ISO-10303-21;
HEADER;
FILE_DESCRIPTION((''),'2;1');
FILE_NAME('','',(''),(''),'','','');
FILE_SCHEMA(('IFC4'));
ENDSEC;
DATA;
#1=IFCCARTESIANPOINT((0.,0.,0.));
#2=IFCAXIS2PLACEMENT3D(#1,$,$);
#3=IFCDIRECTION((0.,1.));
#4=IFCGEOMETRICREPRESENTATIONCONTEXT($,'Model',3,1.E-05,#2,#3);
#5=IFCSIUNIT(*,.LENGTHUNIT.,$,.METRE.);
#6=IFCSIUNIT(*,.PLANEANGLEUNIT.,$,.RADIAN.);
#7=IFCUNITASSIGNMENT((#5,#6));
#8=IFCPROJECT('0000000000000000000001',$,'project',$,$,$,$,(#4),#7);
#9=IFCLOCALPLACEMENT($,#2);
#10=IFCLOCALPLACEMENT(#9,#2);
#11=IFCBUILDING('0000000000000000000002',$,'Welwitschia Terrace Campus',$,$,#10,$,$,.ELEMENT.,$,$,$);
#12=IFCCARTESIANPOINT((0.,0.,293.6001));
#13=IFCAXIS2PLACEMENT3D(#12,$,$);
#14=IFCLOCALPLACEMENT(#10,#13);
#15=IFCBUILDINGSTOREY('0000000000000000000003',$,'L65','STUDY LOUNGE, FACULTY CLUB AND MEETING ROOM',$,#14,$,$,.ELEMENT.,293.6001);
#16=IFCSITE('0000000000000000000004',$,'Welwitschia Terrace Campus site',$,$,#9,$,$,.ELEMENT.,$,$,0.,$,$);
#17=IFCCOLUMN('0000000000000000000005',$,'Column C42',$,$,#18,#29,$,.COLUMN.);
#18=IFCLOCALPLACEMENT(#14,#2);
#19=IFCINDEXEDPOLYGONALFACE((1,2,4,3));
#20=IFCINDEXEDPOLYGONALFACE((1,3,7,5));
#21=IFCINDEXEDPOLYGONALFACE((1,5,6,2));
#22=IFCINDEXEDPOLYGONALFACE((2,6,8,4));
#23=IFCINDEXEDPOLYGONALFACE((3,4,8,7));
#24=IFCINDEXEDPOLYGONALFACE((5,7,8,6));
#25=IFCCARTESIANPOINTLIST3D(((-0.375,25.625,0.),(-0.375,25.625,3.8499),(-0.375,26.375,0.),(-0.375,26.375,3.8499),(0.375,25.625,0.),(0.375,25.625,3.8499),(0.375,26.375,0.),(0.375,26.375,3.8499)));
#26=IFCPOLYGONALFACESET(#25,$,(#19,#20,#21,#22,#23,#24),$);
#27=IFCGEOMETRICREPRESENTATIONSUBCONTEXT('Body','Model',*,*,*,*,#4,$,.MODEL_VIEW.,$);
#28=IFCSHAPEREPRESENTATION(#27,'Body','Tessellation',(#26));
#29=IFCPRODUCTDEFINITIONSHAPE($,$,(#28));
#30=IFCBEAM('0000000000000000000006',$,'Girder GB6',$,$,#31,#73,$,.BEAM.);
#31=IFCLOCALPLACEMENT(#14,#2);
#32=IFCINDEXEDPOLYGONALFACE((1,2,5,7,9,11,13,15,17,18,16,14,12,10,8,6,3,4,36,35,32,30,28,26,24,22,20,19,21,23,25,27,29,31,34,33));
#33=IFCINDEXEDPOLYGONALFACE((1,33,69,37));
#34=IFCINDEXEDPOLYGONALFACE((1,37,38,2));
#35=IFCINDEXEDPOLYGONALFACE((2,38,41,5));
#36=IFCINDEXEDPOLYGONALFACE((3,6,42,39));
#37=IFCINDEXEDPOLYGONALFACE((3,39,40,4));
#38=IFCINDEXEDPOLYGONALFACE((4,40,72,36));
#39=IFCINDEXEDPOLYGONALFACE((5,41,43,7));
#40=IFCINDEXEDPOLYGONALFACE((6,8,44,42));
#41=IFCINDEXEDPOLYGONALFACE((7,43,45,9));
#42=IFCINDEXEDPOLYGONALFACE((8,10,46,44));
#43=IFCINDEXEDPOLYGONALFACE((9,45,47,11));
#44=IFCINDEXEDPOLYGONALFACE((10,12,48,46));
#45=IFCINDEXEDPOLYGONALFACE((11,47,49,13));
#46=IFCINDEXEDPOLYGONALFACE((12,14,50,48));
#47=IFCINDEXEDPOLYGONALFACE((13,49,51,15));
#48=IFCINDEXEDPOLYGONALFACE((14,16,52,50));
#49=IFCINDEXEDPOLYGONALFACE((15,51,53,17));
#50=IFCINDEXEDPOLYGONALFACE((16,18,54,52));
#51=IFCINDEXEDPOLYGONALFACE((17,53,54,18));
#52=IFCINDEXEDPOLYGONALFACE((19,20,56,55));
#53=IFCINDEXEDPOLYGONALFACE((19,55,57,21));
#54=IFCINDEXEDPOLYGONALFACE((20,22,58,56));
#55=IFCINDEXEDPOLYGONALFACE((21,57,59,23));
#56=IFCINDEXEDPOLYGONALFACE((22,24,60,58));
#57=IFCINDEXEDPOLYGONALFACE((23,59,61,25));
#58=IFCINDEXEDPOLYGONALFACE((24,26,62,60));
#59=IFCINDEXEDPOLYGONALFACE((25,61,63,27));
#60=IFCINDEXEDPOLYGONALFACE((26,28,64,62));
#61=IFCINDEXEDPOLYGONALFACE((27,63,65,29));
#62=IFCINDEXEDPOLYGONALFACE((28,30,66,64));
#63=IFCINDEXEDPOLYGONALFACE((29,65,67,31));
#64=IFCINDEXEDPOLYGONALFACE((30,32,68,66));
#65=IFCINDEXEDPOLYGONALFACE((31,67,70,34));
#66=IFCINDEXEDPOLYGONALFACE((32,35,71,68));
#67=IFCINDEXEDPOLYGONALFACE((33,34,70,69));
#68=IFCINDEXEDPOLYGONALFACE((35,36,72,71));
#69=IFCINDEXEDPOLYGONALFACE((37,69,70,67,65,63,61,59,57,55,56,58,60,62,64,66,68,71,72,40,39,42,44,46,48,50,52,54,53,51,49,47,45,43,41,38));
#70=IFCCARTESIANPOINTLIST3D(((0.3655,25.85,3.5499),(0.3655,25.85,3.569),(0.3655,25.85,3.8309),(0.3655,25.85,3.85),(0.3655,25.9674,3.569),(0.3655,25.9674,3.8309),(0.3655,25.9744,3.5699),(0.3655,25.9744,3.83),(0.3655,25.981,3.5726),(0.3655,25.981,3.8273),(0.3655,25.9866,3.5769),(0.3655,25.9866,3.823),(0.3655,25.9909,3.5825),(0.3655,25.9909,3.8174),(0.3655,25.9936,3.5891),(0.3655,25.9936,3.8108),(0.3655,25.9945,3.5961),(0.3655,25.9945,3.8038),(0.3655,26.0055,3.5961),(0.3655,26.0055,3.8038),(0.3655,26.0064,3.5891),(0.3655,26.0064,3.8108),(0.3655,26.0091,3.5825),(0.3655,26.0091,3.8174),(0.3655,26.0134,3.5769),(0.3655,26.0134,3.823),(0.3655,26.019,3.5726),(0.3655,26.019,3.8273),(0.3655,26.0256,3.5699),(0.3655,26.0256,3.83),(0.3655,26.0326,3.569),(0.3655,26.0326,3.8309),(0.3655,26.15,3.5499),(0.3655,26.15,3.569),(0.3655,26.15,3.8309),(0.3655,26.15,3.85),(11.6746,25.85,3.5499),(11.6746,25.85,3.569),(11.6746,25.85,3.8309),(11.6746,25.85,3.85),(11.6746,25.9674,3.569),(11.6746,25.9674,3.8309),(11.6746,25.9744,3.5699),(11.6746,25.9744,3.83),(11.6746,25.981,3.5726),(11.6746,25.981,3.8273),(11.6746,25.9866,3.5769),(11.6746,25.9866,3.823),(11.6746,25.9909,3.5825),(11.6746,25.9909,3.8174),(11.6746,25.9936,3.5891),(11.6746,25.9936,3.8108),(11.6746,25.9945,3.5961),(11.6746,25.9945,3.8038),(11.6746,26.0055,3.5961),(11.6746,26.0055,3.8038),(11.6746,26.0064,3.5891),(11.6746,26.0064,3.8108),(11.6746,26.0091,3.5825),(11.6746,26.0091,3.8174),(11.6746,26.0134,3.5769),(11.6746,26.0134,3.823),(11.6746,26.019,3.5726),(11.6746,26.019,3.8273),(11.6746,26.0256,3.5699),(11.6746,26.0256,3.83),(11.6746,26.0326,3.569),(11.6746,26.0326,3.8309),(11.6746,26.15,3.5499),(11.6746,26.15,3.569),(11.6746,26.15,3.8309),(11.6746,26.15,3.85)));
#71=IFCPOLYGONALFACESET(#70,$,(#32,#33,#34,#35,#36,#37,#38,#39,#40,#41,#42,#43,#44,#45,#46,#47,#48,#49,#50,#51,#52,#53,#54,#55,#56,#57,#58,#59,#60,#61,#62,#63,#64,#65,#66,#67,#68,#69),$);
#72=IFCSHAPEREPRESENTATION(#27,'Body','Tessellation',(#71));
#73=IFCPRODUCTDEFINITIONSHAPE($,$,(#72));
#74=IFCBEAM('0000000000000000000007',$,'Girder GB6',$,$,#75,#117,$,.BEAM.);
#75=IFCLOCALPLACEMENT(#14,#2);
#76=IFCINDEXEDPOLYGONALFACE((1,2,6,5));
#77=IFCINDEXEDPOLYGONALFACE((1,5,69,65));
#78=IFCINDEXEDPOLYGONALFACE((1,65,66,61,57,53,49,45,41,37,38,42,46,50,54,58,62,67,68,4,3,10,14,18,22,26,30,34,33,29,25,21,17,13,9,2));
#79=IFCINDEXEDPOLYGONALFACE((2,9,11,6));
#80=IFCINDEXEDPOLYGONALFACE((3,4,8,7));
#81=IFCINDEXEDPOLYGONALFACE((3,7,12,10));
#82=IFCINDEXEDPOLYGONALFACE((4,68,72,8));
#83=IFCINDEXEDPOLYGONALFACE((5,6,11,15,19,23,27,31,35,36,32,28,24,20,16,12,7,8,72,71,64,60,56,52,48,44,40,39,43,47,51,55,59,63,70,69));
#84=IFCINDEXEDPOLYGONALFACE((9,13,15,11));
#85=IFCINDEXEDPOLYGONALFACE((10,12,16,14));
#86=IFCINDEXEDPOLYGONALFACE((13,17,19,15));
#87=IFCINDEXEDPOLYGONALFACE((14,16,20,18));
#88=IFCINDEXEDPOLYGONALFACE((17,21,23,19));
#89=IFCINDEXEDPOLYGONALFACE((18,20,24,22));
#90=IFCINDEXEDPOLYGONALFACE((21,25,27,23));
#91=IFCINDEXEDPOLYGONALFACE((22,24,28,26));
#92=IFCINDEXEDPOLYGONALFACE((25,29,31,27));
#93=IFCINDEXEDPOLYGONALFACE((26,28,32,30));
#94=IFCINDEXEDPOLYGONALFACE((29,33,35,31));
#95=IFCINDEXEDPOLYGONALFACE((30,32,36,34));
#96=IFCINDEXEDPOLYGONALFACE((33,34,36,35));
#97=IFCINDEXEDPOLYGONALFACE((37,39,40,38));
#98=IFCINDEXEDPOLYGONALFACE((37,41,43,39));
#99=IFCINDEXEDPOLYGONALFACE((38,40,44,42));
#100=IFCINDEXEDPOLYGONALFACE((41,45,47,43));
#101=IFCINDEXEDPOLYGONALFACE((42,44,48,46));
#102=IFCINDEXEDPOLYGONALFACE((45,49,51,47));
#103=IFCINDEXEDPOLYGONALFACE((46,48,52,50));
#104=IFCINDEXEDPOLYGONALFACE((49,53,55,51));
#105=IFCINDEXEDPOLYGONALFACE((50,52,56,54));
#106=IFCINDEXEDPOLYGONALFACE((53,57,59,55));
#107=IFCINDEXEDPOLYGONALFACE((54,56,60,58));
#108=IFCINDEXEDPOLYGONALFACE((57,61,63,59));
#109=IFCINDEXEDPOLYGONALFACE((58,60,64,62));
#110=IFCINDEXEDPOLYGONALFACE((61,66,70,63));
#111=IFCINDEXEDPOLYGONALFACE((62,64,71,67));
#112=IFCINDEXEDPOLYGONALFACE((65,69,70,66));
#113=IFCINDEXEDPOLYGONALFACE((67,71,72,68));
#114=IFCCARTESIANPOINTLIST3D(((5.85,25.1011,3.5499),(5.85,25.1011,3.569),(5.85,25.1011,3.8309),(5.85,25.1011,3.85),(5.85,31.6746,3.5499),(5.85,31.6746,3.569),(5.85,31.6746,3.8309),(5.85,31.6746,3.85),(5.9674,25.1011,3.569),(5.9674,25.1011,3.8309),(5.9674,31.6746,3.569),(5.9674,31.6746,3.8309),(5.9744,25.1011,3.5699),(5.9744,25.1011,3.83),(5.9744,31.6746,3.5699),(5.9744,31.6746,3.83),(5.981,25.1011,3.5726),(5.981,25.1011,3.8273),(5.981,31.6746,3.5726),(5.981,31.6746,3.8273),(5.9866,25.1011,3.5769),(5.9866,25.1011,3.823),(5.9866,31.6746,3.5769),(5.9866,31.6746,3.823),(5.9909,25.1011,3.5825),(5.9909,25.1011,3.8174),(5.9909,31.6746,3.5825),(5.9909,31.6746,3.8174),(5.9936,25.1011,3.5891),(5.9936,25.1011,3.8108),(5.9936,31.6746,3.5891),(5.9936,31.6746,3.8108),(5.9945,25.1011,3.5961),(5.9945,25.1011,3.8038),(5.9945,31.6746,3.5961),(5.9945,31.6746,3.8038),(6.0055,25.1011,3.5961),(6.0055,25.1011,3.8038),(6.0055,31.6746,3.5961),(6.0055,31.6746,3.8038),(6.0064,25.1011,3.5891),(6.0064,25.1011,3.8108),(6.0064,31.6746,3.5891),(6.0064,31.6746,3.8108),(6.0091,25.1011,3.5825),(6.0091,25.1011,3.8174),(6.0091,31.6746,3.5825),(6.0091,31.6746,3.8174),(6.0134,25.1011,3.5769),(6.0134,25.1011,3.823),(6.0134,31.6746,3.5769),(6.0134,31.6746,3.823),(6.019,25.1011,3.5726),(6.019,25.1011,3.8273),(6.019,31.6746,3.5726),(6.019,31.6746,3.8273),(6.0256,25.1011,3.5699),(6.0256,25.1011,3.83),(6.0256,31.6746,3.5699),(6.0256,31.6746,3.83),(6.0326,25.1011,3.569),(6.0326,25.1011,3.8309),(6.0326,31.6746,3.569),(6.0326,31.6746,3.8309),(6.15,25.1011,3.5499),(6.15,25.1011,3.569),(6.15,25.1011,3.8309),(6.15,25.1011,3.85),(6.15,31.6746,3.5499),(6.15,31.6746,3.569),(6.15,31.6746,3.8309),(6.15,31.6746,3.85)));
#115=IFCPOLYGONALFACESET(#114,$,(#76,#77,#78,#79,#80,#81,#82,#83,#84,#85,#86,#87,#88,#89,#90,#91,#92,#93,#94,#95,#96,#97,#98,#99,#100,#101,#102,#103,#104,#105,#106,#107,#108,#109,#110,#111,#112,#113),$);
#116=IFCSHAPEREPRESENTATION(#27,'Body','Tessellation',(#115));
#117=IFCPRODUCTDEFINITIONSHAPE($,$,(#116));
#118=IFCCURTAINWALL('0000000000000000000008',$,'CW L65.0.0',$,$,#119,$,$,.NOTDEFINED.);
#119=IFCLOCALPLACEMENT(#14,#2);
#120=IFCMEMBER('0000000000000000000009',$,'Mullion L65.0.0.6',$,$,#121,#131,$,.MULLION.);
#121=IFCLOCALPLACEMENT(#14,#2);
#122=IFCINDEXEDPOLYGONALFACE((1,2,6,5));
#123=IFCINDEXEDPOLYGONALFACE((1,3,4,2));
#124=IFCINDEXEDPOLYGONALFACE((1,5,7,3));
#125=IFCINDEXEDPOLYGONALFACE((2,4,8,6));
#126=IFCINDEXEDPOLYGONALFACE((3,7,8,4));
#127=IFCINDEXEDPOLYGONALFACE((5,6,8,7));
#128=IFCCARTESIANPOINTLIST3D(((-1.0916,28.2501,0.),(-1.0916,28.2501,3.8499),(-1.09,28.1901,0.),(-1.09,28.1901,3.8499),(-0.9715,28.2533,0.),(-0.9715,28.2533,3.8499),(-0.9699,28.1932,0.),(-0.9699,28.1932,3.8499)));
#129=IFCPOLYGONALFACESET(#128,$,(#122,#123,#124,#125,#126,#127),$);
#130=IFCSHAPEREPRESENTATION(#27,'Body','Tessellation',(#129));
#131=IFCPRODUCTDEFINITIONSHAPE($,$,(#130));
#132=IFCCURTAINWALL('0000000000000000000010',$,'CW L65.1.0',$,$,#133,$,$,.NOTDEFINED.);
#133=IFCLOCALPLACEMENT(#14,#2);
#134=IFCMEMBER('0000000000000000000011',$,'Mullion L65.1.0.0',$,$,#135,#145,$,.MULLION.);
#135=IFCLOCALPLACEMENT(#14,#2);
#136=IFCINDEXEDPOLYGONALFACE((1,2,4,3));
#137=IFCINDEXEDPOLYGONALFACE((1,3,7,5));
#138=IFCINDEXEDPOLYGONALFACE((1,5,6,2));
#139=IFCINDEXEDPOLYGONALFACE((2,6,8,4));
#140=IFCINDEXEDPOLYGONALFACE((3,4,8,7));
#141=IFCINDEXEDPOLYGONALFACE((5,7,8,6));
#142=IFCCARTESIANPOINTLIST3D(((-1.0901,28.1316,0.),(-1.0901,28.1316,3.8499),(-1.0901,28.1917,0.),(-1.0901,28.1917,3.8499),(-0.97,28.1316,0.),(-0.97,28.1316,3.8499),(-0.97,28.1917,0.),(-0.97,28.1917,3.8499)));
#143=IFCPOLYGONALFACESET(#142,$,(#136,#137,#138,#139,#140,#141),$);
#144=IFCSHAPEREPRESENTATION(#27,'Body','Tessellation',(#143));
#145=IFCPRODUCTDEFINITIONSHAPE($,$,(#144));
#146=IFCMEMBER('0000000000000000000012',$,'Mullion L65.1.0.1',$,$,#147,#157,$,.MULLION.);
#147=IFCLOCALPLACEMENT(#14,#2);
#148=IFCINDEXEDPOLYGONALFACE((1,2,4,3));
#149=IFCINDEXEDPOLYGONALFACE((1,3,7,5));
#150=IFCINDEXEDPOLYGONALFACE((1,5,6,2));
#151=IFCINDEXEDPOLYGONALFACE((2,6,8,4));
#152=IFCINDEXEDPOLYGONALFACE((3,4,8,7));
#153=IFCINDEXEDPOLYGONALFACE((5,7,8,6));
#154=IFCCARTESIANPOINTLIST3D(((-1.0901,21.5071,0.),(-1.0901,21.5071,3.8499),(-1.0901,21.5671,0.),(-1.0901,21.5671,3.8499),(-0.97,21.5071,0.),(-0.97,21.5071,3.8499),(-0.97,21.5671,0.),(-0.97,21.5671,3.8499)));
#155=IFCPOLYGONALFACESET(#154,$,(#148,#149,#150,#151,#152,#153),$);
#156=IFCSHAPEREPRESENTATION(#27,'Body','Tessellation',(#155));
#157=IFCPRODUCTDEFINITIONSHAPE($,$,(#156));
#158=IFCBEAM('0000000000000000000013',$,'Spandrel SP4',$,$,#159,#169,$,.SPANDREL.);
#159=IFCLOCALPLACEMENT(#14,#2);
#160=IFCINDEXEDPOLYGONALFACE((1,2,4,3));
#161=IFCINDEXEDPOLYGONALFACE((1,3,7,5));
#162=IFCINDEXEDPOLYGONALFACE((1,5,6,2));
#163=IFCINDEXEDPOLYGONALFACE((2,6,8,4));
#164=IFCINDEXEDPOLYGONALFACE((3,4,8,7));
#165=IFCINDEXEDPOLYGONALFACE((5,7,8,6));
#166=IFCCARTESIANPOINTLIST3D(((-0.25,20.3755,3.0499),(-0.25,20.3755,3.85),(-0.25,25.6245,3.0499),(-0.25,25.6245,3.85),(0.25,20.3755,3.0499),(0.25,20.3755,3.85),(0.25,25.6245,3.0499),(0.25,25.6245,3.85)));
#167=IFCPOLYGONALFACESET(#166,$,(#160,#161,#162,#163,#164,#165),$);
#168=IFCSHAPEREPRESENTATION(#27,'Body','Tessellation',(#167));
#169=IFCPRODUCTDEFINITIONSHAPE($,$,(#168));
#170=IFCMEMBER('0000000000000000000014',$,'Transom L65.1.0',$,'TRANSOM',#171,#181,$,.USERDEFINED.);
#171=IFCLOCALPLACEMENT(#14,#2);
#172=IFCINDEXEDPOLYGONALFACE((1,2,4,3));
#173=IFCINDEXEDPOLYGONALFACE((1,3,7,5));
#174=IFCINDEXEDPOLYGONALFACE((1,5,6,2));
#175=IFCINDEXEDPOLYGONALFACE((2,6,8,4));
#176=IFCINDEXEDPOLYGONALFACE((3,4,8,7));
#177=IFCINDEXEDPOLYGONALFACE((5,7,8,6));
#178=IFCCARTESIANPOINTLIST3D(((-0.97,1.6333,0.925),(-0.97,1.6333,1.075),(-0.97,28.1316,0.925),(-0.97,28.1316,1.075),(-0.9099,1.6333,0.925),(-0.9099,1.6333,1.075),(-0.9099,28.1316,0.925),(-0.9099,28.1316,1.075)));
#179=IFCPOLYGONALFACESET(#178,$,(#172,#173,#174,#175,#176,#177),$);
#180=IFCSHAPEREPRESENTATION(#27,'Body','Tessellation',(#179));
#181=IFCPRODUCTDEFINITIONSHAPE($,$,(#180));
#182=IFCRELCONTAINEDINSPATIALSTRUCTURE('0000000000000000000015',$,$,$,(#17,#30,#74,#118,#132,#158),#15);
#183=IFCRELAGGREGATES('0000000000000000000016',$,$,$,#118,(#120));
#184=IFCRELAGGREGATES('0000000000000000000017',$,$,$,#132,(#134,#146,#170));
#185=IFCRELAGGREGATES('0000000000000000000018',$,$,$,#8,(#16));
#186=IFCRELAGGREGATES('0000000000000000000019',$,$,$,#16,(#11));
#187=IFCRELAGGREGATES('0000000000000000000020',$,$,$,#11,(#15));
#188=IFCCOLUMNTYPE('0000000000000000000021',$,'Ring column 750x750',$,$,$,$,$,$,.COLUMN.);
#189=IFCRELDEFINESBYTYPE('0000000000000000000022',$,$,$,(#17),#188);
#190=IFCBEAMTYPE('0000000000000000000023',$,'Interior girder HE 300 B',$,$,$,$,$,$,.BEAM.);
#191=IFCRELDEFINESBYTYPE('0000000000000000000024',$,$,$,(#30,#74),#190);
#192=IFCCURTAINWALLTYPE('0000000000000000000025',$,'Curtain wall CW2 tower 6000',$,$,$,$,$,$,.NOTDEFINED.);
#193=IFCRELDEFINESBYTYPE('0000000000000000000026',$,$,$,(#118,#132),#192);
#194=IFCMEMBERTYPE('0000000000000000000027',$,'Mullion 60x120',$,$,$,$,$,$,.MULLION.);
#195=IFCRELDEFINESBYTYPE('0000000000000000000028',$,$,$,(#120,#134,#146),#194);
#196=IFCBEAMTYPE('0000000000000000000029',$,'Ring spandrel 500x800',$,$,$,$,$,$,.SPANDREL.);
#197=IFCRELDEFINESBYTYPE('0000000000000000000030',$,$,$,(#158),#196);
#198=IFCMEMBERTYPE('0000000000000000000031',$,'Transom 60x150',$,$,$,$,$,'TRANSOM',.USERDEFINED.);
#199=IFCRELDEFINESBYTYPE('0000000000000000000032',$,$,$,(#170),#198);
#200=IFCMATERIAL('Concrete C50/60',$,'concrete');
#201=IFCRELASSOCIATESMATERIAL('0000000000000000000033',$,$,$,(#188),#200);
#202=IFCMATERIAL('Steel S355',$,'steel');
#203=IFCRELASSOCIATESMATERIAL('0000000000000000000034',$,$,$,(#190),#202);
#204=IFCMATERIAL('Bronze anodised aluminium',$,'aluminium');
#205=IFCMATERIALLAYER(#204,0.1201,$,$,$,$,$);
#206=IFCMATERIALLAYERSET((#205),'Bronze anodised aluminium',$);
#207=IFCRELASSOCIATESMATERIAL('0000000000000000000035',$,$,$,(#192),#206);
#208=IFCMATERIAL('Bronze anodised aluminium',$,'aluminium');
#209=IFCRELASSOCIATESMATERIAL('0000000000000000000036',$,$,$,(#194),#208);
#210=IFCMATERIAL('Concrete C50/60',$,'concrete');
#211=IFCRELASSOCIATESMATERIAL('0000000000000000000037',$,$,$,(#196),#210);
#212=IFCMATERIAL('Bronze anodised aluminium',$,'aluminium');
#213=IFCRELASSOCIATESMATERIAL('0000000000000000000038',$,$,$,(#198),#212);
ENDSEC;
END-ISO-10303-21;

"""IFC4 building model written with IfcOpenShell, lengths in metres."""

from ifc_helpers import new_model, si_unit, direction, frame, origin, origin_2d, place, context, subcontext, project, spatial, rectangle, i_section, extrude, material, layer, layer_set, material_profile, profile_set, type_object, element, aggregate, save


model = new_model("IFC4")

# Units and contexts
model_context = context("Model", 3, precision=1e-05, world=origin(), true_north=direction((0.0, 1.0)))
body_context = subcontext(model_context, "Body", "Model", "MODEL_VIEW")
ifc_project = project(units=[si_unit("LENGTHUNIT", "METRE"), si_unit("PLANEANGLEUNIT", "RADIAN")], contexts=[model_context])

# Site, building, storey
site_placement = place(None, origin())
site = spatial("IfcSite", under=ifc_project, at=site_placement, Name="Welwitschia Terrace Campus site", CompositionType="ELEMENT", RefElevation=0.0)
building_placement = place(site_placement, origin())
building = spatial("IfcBuilding", under=site, at=building_placement, Name="Welwitschia Terrace Campus", CompositionType="ELEMENT")
storey_placement = place(building_placement, frame((0.0, 0.0, 293.6001)))
storey = spatial("IfcBuildingStorey", under=building, at=storey_placement, Name="L65", Description="STUDY LOUNGE, FACULTY CLUB AND MEETING ROOM", CompositionType="ELEMENT", Elevation=293.6001)

# Column
ifc_material_1 = material(Name="Concrete C50/60", Category="concrete")
ifc_material_profile_1 = material_profile(ifc_material_1, rectangle(XDim=0.75, YDim=0.75, at=origin_2d()))
ifc_profile_set_1 = profile_set([ifc_material_profile_1], Name="Concrete C50/60")
column_type = type_object("IfcColumnType", Name="Ring column 750x750", PredefinedType="COLUMN", material=ifc_profile_set_1)
column_placement = place(storey_placement, frame((0.0, 26.0, 0.0), z_axis=(0.0, 0.0, 1.0), x_axis=(1.0, 0.0, 0.0)))
element("IfcColumn", 1, at=column_placement, inside=storey, type_object=column_type, Name="Column C42", PredefinedType="COLUMN", context=body_context, shape_type="SweptSolid", body=[
    extrude(rectangle(XDim=0.75, YDim=0.75, at=origin_2d()), origin(), (0.0, 0.0, 1.0), 3.8499),
])

# Beams
ifc_material_2 = material(Name="Steel S355", Category="steel")
ifc_material_profile_2 = material_profile(ifc_material_2, i_section(OverallWidth=0.3, OverallDepth=0.3, WebThickness=0.011, FlangeThickness=0.019, FilletRadius=0.0271, at=origin_2d()))
ifc_profile_set_2 = profile_set([ifc_material_profile_2], Name="Steel S355")
beam_type_1 = type_object("IfcBeamType", Name="Interior girder HE 300 B", PredefinedType="BEAM", material=ifc_profile_set_2)
beam_1_placement = place(storey_placement, frame((0.3655, 26.0, 3.7), z_axis=(1.0, 0.0, 0.0), x_axis=(0.0, 1.0, 0.0)))
element("IfcBeam", 2, at=beam_1_placement, inside=storey, type_object=beam_type_1, Name="Girder GB6", PredefinedType="BEAM", context=body_context, shape_type="SweptSolid", body=[
    extrude(i_section(OverallWidth=0.3, OverallDepth=0.3, WebThickness=0.011, FlangeThickness=0.019, FilletRadius=0.0271, at=origin_2d()), origin(), (0.0, 0.0, 1.0), 11.3091),
])
beam_2_placement = place(storey_placement, frame((6.0, 25.1011, 3.7), z_axis=(0.0, 1.0, 0.0), x_axis=(-1.0, 0.0, 0.0)))
element("IfcBeam", 3, at=beam_2_placement, inside=storey, type_object=beam_type_1, Name="Girder GB6", PredefinedType="BEAM", context=body_context, shape_type="SweptSolid", body=[
    extrude(i_section(OverallWidth=0.3, OverallDepth=0.3, WebThickness=0.011, FlangeThickness=0.019, FilletRadius=0.0271, at=origin_2d()), origin(), (0.0, 0.0, 1.0), 6.5735),
])

# Curtain wall, member
ifc_material_3 = material(Name="Bronze anodised aluminium", Category="aluminium")
ifc_layer_1 = layer(ifc_material_3, 0.1201)
ifc_layer_set_1 = layer_set([ifc_layer_1], Name="Bronze anodised aluminium")
curtain_wall_type = type_object("IfcCurtainWallType", Name="Curtain wall CW2 tower 6000", PredefinedType="NOTDEFINED", material=ifc_layer_set_1)
curtain_wall_1_placement = place(storey_placement, origin())
curtain_wall_1 = element("IfcCurtainWall", 4, at=curtain_wall_1_placement, inside=storey, type_object=curtain_wall_type, Name="CW L65.0.0", PredefinedType="NOTDEFINED")
ifc_material_4 = material(Name="Bronze anodised aluminium", Category="aluminium")
ifc_material_profile_3 = material_profile(ifc_material_4, rectangle(XDim=0.1201, YDim=0.0601, at=origin_2d()))
ifc_profile_set_3 = profile_set([ifc_material_profile_3], Name="Bronze anodised aluminium")
member_type_1 = type_object("IfcMemberType", Name="Mullion 60x120", PredefinedType="MULLION", material=ifc_profile_set_3)
member_1_placement = place(storey_placement, frame((-1.0308, 28.2217, 0.0), z_axis=(0.0, 0.0, 1.0), x_axis=(0.999657, 0.026177, 0.0)))
member_1 = element("IfcMember", 5, at=member_1_placement, type_object=member_type_1, Name="Mullion L65.0.0.6", PredefinedType="MULLION", context=body_context, shape_type="SweptSolid", body=[
    extrude(rectangle(XDim=0.1201, YDim=0.0601, at=origin_2d()), origin(), (0.0, 0.0, 1.0), 3.8499),
])
aggregate(curtain_wall_1, [member_1])

# Curtain wall, members
curtain_wall_2_placement = place(storey_placement, origin())
curtain_wall_2 = element("IfcCurtainWall", 6, at=curtain_wall_2_placement, inside=storey, type_object=curtain_wall_type, Name="CW L65.1.0", PredefinedType="NOTDEFINED")
member_2_placement = place(storey_placement, frame((-1.03, 28.1616, 0.0), z_axis=(0.0, 0.0, 1.0), x_axis=(1.0, 0.0, 0.0)))
member_2 = element("IfcMember", 7, at=member_2_placement, type_object=member_type_1, Name="Mullion L65.1.0.0", PredefinedType="MULLION", context=body_context, shape_type="SweptSolid", body=[
    extrude(rectangle(XDim=0.1201, YDim=0.0601, at=origin_2d()), origin(), (0.0, 0.0, 1.0), 3.8499),
])
member_3_placement = place(storey_placement, frame((-1.03, 21.5371, 0.0), z_axis=(0.0, 0.0, 1.0), x_axis=(1.0, 0.0, 0.0)))
member_3 = element("IfcMember", 8, at=member_3_placement, type_object=member_type_1, Name="Mullion L65.1.0.1", PredefinedType="MULLION", context=body_context, shape_type="SweptSolid", body=[
    extrude(rectangle(XDim=0.1201, YDim=0.0601, at=origin_2d()), origin(), (0.0, 0.0, 1.0), 3.8499),
])

# Beam
ifc_material_5 = material(Name="Concrete C50/60", Category="concrete")
ifc_material_profile_4 = material_profile(ifc_material_5, rectangle(XDim=0.5, YDim=0.8, at=origin_2d()))
ifc_profile_set_4 = profile_set([ifc_material_profile_4], Name="Concrete C50/60")
beam_type_2 = type_object("IfcBeamType", Name="Ring spandrel 500x800", PredefinedType="SPANDREL", material=ifc_profile_set_4)
beam_3_placement = place(storey_placement, frame((0.0, 25.6245, 3.45), z_axis=(0.0, -1.0, 0.0), x_axis=(1.0, 0.0, 0.0)))
element("IfcBeam", 9, at=beam_3_placement, inside=storey, type_object=beam_type_2, Name="Spandrel SP4", PredefinedType="SPANDREL", context=body_context, shape_type="SweptSolid", body=[
    extrude(rectangle(XDim=0.5, YDim=0.8, at=origin_2d()), origin(), (0.0, 0.0, 1.0), 5.249),
])

# Member
ifc_material_6 = material(Name="Bronze anodised aluminium", Category="aluminium")
ifc_material_profile_5 = material_profile(ifc_material_6, rectangle(XDim=0.0601, YDim=0.1499, at=origin_2d()))
ifc_profile_set_5 = profile_set([ifc_material_profile_5], Name="Bronze anodised aluminium")
member_type_2 = type_object("IfcMemberType", Name="Transom 60x150", ElementType="TRANSOM", PredefinedType="USERDEFINED", material=ifc_profile_set_5)
member_4_placement = place(storey_placement, frame((-0.9399, 28.1316, 1.0), z_axis=(0.0, -1.0, 0.0), x_axis=(1.0, 0.0, 0.0)))
member_4 = element("IfcMember", 10, at=member_4_placement, type_object=member_type_2, Name="Transom L65.1.0", ObjectType="TRANSOM", PredefinedType="USERDEFINED", context=body_context, shape_type="SweptSolid", body=[
    extrude(rectangle(XDim=0.0601, YDim=0.1499, at=origin_2d()), origin(), (0.0, 0.0, 1.0), 26.4983),
])

aggregate(curtain_wall_2, [member_2, member_3, member_4])

save(model, "model.ifc")
